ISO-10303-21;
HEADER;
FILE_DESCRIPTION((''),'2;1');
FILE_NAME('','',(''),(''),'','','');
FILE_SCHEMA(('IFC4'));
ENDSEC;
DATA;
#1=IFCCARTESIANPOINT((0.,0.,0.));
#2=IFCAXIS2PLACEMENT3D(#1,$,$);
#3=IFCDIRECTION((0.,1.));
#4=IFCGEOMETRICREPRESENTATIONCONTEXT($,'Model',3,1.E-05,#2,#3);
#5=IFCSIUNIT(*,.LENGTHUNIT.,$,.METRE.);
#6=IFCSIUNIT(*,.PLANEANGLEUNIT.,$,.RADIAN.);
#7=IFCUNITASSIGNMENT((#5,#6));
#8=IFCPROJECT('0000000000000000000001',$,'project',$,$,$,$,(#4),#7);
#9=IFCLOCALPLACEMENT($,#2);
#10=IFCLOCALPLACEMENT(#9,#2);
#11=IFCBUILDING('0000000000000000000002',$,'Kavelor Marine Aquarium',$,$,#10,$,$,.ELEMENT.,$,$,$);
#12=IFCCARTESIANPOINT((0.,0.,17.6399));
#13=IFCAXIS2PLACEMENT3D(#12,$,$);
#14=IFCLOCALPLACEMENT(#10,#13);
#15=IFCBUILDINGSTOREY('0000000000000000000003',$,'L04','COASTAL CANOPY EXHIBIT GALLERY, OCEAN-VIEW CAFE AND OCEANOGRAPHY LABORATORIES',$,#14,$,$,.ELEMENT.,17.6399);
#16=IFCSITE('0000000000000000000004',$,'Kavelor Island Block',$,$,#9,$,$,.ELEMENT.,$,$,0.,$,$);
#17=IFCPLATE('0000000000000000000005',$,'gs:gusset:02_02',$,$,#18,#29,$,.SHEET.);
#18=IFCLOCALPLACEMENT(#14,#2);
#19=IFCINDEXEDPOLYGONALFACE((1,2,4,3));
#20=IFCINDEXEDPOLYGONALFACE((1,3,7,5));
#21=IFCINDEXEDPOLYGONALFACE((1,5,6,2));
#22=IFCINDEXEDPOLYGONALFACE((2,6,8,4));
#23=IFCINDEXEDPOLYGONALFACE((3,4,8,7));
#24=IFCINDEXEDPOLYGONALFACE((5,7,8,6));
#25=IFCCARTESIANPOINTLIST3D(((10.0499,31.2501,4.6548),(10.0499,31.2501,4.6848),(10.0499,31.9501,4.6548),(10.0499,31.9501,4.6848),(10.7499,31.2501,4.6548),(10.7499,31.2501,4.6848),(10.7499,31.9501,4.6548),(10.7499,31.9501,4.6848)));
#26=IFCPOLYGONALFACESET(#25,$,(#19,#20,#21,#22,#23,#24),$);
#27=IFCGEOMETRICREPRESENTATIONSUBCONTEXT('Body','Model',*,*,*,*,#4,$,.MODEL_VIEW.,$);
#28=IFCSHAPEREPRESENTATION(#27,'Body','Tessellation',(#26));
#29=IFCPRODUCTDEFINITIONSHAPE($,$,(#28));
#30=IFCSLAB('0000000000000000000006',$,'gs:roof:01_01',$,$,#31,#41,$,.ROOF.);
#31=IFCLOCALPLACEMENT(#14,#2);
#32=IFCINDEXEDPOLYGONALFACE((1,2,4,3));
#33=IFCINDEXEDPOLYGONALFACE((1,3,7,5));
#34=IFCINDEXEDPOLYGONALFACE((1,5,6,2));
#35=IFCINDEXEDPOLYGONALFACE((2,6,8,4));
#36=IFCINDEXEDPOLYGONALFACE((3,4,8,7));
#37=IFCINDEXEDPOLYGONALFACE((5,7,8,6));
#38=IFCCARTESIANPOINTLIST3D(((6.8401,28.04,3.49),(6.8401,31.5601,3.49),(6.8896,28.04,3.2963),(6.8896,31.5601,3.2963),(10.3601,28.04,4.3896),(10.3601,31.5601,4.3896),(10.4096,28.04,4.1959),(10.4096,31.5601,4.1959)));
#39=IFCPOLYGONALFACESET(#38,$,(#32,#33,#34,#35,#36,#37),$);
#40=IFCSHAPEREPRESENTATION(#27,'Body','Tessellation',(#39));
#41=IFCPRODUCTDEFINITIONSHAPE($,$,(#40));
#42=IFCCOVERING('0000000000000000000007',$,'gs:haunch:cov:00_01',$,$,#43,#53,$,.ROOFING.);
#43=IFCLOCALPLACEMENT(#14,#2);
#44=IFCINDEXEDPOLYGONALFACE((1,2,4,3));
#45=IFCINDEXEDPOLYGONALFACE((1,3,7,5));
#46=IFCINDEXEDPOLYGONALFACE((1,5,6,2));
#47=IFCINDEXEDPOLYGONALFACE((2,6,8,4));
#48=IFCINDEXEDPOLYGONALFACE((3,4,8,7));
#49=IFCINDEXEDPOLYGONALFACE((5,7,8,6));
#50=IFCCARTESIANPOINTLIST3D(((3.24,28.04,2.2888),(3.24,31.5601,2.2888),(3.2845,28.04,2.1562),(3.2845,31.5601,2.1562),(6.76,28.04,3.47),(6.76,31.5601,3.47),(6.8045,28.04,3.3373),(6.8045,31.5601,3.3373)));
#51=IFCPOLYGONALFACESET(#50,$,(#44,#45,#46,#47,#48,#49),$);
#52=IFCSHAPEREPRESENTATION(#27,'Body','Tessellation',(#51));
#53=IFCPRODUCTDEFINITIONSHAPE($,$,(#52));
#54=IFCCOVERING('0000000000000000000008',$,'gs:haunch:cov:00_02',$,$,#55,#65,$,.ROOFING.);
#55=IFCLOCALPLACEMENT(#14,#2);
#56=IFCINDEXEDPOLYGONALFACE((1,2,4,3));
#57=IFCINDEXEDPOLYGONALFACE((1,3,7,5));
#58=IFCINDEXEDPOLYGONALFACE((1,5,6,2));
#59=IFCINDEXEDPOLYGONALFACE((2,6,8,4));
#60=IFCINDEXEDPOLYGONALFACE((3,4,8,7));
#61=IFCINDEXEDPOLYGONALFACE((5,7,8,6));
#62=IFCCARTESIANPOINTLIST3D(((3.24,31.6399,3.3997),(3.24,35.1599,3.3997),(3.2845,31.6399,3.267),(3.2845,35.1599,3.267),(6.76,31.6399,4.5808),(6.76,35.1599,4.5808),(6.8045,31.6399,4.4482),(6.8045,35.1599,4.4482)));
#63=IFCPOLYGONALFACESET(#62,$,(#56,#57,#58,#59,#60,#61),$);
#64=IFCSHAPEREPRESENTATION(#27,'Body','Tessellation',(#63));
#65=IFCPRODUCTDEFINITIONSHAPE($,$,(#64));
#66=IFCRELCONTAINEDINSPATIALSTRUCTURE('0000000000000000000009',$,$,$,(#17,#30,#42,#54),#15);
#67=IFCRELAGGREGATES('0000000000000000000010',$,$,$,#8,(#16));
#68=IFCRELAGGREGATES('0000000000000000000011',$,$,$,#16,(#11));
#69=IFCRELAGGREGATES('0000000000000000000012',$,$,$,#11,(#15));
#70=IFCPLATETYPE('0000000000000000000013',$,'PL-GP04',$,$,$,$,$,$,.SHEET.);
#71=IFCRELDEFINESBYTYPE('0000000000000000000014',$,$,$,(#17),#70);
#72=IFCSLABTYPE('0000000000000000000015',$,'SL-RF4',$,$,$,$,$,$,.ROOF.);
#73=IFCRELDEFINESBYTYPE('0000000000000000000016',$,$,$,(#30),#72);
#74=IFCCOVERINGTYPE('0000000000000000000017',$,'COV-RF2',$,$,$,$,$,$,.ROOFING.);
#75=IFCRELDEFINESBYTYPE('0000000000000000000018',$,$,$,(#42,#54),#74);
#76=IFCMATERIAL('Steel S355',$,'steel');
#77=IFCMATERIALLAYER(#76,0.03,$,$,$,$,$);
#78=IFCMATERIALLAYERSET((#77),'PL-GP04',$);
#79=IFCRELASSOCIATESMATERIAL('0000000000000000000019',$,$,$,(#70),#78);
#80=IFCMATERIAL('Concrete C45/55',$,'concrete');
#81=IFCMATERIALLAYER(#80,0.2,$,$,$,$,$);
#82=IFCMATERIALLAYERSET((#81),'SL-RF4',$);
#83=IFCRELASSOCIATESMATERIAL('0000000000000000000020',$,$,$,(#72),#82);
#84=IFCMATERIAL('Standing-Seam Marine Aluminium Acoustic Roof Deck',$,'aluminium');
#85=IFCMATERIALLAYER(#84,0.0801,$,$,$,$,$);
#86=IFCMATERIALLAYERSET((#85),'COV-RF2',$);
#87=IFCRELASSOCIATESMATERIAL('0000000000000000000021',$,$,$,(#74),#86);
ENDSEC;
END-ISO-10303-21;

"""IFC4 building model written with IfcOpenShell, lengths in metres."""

from ifc_helpers import new_model, si_unit, direction, frame, origin, origin_2d, place, context, subcontext, project, spatial, polyline, rectangle, outline, extrude, material, layer, layer_set, type_object, element, save


model = new_model("IFC4")

# Units and contexts
model_context = context("Model", 3, precision=1e-05, world=origin(), true_north=direction((0.0, 1.0)))
body_context = subcontext(model_context, "Body", "Model", "MODEL_VIEW")
ifc_project = project(units=[si_unit("LENGTHUNIT", "METRE"), si_unit("PLANEANGLEUNIT", "RADIAN")], contexts=[model_context])

# Site, building, storey
site_placement = place(None, origin())
site = spatial("IfcSite", under=ifc_project, at=site_placement, Name="Kavelor Island Block", CompositionType="ELEMENT", RefElevation=0.0)
building_placement = place(site_placement, origin())
building = spatial("IfcBuilding", under=site, at=building_placement, Name="Kavelor Marine Aquarium", CompositionType="ELEMENT")
storey_placement = place(building_placement, frame((0.0, 0.0, 17.6399)))
storey = spatial("IfcBuildingStorey", under=building, at=storey_placement, Name="L04", Description="COASTAL CANOPY EXHIBIT GALLERY, OCEAN-VIEW CAFE AND OCEANOGRAPHY LABORATORIES", CompositionType="ELEMENT", Elevation=17.6399)

# Plate
ifc_material_1 = material(Name="Steel S355", Category="steel")
ifc_layer_1 = layer(ifc_material_1, 0.03)
ifc_layer_set_1 = layer_set([ifc_layer_1], Name="PL-GP04")
plate_type_1 = type_object("IfcPlateType", Name="PL-GP04", PredefinedType="SHEET", material=ifc_layer_set_1)
plate_1_placement = place(storey_placement, frame((10.3999, 31.6001, 4.6548), z_axis=(0.0, 0.0, 1.0), x_axis=(1.0, 0.0, 0.0)))
element("IfcPlate", 1, at=plate_1_placement, inside=storey, type_object=plate_type_1, Name="gs:gusset:02_02", PredefinedType="SHEET", context=body_context, shape_type="SweptSolid", body=[
    extrude(rectangle(XDim=0.7, YDim=0.7, at=origin_2d()), origin(), (0.0, 0.0, 1.0), 0.03),
])

# Slab
ifc_material_2 = material(Name="Concrete C45/55", Category="concrete")
ifc_layer_2 = layer(ifc_material_2, 0.2)
ifc_layer_set_2 = layer_set([ifc_layer_2], Name="SL-RF4")
slab_type = type_object("IfcSlabType", Name="SL-RF4", PredefinedType="ROOF", material=ifc_layer_set_2)
slab_placement = place(storey_placement, frame((6.8401, 28.04, 3.49), z_axis=(-0.247623, 0.0, 0.968856), x_axis=(0.968856, 0.0, 0.247623)))
element("IfcSlab", 2, at=slab_placement, inside=storey, type_object=slab_type, Name="gs:roof:01_01", PredefinedType="ROOF", context=body_context, shape_type="SweptSolid", body=[
    extrude(outline(polyline([(0.0, 0.0), (3.6332, 0.0), (3.6332, 3.52), (0.0, 3.52), (0.0, 0.0)])), origin(), (0.0, 0.0, -1.0), 0.2),
])

# Coverings
ifc_material_3 = material(Name="Standing-Seam Marine Aluminium Acoustic Roof Deck", Category="aluminium")
ifc_layer_3 = layer(ifc_material_3, 0.0801)
ifc_layer_set_3 = layer_set([ifc_layer_3], Name="COV-RF2")
covering_type = type_object("IfcCoveringType", Name="COV-RF2", PredefinedType="ROOFING", material=ifc_layer_set_3)
for number, where, z_axis, x_axis, name in (
    (3, (3.24, 28.04, 2.2888), (-0.318121, 0.0, 0.94805), (0.94805, 0.0, 0.318121), "gs:haunch:cov:00_01"),
    (4, (3.24, 31.6399, 3.3997), (-0.318121, 0.0, 0.94805), (0.94805, 0.0, 0.318121), "gs:haunch:cov:00_02"),
):
    element("IfcCovering", number, at=place(storey_placement, frame(where, z_axis=z_axis, x_axis=x_axis)), inside=storey, type_object=covering_type, Name=name, PredefinedType="ROOFING", context=body_context, shape_type="SweptSolid", body=[
        extrude(outline(polyline([(0.0, 0.0), (3.7129, 0.0), (3.7129, 3.52), (0.0, 3.52), (0.0, 0.0)])), origin(), (0.0, 0.0, -1.0), 0.1399),
    ])

save(model, "model.ifc")
